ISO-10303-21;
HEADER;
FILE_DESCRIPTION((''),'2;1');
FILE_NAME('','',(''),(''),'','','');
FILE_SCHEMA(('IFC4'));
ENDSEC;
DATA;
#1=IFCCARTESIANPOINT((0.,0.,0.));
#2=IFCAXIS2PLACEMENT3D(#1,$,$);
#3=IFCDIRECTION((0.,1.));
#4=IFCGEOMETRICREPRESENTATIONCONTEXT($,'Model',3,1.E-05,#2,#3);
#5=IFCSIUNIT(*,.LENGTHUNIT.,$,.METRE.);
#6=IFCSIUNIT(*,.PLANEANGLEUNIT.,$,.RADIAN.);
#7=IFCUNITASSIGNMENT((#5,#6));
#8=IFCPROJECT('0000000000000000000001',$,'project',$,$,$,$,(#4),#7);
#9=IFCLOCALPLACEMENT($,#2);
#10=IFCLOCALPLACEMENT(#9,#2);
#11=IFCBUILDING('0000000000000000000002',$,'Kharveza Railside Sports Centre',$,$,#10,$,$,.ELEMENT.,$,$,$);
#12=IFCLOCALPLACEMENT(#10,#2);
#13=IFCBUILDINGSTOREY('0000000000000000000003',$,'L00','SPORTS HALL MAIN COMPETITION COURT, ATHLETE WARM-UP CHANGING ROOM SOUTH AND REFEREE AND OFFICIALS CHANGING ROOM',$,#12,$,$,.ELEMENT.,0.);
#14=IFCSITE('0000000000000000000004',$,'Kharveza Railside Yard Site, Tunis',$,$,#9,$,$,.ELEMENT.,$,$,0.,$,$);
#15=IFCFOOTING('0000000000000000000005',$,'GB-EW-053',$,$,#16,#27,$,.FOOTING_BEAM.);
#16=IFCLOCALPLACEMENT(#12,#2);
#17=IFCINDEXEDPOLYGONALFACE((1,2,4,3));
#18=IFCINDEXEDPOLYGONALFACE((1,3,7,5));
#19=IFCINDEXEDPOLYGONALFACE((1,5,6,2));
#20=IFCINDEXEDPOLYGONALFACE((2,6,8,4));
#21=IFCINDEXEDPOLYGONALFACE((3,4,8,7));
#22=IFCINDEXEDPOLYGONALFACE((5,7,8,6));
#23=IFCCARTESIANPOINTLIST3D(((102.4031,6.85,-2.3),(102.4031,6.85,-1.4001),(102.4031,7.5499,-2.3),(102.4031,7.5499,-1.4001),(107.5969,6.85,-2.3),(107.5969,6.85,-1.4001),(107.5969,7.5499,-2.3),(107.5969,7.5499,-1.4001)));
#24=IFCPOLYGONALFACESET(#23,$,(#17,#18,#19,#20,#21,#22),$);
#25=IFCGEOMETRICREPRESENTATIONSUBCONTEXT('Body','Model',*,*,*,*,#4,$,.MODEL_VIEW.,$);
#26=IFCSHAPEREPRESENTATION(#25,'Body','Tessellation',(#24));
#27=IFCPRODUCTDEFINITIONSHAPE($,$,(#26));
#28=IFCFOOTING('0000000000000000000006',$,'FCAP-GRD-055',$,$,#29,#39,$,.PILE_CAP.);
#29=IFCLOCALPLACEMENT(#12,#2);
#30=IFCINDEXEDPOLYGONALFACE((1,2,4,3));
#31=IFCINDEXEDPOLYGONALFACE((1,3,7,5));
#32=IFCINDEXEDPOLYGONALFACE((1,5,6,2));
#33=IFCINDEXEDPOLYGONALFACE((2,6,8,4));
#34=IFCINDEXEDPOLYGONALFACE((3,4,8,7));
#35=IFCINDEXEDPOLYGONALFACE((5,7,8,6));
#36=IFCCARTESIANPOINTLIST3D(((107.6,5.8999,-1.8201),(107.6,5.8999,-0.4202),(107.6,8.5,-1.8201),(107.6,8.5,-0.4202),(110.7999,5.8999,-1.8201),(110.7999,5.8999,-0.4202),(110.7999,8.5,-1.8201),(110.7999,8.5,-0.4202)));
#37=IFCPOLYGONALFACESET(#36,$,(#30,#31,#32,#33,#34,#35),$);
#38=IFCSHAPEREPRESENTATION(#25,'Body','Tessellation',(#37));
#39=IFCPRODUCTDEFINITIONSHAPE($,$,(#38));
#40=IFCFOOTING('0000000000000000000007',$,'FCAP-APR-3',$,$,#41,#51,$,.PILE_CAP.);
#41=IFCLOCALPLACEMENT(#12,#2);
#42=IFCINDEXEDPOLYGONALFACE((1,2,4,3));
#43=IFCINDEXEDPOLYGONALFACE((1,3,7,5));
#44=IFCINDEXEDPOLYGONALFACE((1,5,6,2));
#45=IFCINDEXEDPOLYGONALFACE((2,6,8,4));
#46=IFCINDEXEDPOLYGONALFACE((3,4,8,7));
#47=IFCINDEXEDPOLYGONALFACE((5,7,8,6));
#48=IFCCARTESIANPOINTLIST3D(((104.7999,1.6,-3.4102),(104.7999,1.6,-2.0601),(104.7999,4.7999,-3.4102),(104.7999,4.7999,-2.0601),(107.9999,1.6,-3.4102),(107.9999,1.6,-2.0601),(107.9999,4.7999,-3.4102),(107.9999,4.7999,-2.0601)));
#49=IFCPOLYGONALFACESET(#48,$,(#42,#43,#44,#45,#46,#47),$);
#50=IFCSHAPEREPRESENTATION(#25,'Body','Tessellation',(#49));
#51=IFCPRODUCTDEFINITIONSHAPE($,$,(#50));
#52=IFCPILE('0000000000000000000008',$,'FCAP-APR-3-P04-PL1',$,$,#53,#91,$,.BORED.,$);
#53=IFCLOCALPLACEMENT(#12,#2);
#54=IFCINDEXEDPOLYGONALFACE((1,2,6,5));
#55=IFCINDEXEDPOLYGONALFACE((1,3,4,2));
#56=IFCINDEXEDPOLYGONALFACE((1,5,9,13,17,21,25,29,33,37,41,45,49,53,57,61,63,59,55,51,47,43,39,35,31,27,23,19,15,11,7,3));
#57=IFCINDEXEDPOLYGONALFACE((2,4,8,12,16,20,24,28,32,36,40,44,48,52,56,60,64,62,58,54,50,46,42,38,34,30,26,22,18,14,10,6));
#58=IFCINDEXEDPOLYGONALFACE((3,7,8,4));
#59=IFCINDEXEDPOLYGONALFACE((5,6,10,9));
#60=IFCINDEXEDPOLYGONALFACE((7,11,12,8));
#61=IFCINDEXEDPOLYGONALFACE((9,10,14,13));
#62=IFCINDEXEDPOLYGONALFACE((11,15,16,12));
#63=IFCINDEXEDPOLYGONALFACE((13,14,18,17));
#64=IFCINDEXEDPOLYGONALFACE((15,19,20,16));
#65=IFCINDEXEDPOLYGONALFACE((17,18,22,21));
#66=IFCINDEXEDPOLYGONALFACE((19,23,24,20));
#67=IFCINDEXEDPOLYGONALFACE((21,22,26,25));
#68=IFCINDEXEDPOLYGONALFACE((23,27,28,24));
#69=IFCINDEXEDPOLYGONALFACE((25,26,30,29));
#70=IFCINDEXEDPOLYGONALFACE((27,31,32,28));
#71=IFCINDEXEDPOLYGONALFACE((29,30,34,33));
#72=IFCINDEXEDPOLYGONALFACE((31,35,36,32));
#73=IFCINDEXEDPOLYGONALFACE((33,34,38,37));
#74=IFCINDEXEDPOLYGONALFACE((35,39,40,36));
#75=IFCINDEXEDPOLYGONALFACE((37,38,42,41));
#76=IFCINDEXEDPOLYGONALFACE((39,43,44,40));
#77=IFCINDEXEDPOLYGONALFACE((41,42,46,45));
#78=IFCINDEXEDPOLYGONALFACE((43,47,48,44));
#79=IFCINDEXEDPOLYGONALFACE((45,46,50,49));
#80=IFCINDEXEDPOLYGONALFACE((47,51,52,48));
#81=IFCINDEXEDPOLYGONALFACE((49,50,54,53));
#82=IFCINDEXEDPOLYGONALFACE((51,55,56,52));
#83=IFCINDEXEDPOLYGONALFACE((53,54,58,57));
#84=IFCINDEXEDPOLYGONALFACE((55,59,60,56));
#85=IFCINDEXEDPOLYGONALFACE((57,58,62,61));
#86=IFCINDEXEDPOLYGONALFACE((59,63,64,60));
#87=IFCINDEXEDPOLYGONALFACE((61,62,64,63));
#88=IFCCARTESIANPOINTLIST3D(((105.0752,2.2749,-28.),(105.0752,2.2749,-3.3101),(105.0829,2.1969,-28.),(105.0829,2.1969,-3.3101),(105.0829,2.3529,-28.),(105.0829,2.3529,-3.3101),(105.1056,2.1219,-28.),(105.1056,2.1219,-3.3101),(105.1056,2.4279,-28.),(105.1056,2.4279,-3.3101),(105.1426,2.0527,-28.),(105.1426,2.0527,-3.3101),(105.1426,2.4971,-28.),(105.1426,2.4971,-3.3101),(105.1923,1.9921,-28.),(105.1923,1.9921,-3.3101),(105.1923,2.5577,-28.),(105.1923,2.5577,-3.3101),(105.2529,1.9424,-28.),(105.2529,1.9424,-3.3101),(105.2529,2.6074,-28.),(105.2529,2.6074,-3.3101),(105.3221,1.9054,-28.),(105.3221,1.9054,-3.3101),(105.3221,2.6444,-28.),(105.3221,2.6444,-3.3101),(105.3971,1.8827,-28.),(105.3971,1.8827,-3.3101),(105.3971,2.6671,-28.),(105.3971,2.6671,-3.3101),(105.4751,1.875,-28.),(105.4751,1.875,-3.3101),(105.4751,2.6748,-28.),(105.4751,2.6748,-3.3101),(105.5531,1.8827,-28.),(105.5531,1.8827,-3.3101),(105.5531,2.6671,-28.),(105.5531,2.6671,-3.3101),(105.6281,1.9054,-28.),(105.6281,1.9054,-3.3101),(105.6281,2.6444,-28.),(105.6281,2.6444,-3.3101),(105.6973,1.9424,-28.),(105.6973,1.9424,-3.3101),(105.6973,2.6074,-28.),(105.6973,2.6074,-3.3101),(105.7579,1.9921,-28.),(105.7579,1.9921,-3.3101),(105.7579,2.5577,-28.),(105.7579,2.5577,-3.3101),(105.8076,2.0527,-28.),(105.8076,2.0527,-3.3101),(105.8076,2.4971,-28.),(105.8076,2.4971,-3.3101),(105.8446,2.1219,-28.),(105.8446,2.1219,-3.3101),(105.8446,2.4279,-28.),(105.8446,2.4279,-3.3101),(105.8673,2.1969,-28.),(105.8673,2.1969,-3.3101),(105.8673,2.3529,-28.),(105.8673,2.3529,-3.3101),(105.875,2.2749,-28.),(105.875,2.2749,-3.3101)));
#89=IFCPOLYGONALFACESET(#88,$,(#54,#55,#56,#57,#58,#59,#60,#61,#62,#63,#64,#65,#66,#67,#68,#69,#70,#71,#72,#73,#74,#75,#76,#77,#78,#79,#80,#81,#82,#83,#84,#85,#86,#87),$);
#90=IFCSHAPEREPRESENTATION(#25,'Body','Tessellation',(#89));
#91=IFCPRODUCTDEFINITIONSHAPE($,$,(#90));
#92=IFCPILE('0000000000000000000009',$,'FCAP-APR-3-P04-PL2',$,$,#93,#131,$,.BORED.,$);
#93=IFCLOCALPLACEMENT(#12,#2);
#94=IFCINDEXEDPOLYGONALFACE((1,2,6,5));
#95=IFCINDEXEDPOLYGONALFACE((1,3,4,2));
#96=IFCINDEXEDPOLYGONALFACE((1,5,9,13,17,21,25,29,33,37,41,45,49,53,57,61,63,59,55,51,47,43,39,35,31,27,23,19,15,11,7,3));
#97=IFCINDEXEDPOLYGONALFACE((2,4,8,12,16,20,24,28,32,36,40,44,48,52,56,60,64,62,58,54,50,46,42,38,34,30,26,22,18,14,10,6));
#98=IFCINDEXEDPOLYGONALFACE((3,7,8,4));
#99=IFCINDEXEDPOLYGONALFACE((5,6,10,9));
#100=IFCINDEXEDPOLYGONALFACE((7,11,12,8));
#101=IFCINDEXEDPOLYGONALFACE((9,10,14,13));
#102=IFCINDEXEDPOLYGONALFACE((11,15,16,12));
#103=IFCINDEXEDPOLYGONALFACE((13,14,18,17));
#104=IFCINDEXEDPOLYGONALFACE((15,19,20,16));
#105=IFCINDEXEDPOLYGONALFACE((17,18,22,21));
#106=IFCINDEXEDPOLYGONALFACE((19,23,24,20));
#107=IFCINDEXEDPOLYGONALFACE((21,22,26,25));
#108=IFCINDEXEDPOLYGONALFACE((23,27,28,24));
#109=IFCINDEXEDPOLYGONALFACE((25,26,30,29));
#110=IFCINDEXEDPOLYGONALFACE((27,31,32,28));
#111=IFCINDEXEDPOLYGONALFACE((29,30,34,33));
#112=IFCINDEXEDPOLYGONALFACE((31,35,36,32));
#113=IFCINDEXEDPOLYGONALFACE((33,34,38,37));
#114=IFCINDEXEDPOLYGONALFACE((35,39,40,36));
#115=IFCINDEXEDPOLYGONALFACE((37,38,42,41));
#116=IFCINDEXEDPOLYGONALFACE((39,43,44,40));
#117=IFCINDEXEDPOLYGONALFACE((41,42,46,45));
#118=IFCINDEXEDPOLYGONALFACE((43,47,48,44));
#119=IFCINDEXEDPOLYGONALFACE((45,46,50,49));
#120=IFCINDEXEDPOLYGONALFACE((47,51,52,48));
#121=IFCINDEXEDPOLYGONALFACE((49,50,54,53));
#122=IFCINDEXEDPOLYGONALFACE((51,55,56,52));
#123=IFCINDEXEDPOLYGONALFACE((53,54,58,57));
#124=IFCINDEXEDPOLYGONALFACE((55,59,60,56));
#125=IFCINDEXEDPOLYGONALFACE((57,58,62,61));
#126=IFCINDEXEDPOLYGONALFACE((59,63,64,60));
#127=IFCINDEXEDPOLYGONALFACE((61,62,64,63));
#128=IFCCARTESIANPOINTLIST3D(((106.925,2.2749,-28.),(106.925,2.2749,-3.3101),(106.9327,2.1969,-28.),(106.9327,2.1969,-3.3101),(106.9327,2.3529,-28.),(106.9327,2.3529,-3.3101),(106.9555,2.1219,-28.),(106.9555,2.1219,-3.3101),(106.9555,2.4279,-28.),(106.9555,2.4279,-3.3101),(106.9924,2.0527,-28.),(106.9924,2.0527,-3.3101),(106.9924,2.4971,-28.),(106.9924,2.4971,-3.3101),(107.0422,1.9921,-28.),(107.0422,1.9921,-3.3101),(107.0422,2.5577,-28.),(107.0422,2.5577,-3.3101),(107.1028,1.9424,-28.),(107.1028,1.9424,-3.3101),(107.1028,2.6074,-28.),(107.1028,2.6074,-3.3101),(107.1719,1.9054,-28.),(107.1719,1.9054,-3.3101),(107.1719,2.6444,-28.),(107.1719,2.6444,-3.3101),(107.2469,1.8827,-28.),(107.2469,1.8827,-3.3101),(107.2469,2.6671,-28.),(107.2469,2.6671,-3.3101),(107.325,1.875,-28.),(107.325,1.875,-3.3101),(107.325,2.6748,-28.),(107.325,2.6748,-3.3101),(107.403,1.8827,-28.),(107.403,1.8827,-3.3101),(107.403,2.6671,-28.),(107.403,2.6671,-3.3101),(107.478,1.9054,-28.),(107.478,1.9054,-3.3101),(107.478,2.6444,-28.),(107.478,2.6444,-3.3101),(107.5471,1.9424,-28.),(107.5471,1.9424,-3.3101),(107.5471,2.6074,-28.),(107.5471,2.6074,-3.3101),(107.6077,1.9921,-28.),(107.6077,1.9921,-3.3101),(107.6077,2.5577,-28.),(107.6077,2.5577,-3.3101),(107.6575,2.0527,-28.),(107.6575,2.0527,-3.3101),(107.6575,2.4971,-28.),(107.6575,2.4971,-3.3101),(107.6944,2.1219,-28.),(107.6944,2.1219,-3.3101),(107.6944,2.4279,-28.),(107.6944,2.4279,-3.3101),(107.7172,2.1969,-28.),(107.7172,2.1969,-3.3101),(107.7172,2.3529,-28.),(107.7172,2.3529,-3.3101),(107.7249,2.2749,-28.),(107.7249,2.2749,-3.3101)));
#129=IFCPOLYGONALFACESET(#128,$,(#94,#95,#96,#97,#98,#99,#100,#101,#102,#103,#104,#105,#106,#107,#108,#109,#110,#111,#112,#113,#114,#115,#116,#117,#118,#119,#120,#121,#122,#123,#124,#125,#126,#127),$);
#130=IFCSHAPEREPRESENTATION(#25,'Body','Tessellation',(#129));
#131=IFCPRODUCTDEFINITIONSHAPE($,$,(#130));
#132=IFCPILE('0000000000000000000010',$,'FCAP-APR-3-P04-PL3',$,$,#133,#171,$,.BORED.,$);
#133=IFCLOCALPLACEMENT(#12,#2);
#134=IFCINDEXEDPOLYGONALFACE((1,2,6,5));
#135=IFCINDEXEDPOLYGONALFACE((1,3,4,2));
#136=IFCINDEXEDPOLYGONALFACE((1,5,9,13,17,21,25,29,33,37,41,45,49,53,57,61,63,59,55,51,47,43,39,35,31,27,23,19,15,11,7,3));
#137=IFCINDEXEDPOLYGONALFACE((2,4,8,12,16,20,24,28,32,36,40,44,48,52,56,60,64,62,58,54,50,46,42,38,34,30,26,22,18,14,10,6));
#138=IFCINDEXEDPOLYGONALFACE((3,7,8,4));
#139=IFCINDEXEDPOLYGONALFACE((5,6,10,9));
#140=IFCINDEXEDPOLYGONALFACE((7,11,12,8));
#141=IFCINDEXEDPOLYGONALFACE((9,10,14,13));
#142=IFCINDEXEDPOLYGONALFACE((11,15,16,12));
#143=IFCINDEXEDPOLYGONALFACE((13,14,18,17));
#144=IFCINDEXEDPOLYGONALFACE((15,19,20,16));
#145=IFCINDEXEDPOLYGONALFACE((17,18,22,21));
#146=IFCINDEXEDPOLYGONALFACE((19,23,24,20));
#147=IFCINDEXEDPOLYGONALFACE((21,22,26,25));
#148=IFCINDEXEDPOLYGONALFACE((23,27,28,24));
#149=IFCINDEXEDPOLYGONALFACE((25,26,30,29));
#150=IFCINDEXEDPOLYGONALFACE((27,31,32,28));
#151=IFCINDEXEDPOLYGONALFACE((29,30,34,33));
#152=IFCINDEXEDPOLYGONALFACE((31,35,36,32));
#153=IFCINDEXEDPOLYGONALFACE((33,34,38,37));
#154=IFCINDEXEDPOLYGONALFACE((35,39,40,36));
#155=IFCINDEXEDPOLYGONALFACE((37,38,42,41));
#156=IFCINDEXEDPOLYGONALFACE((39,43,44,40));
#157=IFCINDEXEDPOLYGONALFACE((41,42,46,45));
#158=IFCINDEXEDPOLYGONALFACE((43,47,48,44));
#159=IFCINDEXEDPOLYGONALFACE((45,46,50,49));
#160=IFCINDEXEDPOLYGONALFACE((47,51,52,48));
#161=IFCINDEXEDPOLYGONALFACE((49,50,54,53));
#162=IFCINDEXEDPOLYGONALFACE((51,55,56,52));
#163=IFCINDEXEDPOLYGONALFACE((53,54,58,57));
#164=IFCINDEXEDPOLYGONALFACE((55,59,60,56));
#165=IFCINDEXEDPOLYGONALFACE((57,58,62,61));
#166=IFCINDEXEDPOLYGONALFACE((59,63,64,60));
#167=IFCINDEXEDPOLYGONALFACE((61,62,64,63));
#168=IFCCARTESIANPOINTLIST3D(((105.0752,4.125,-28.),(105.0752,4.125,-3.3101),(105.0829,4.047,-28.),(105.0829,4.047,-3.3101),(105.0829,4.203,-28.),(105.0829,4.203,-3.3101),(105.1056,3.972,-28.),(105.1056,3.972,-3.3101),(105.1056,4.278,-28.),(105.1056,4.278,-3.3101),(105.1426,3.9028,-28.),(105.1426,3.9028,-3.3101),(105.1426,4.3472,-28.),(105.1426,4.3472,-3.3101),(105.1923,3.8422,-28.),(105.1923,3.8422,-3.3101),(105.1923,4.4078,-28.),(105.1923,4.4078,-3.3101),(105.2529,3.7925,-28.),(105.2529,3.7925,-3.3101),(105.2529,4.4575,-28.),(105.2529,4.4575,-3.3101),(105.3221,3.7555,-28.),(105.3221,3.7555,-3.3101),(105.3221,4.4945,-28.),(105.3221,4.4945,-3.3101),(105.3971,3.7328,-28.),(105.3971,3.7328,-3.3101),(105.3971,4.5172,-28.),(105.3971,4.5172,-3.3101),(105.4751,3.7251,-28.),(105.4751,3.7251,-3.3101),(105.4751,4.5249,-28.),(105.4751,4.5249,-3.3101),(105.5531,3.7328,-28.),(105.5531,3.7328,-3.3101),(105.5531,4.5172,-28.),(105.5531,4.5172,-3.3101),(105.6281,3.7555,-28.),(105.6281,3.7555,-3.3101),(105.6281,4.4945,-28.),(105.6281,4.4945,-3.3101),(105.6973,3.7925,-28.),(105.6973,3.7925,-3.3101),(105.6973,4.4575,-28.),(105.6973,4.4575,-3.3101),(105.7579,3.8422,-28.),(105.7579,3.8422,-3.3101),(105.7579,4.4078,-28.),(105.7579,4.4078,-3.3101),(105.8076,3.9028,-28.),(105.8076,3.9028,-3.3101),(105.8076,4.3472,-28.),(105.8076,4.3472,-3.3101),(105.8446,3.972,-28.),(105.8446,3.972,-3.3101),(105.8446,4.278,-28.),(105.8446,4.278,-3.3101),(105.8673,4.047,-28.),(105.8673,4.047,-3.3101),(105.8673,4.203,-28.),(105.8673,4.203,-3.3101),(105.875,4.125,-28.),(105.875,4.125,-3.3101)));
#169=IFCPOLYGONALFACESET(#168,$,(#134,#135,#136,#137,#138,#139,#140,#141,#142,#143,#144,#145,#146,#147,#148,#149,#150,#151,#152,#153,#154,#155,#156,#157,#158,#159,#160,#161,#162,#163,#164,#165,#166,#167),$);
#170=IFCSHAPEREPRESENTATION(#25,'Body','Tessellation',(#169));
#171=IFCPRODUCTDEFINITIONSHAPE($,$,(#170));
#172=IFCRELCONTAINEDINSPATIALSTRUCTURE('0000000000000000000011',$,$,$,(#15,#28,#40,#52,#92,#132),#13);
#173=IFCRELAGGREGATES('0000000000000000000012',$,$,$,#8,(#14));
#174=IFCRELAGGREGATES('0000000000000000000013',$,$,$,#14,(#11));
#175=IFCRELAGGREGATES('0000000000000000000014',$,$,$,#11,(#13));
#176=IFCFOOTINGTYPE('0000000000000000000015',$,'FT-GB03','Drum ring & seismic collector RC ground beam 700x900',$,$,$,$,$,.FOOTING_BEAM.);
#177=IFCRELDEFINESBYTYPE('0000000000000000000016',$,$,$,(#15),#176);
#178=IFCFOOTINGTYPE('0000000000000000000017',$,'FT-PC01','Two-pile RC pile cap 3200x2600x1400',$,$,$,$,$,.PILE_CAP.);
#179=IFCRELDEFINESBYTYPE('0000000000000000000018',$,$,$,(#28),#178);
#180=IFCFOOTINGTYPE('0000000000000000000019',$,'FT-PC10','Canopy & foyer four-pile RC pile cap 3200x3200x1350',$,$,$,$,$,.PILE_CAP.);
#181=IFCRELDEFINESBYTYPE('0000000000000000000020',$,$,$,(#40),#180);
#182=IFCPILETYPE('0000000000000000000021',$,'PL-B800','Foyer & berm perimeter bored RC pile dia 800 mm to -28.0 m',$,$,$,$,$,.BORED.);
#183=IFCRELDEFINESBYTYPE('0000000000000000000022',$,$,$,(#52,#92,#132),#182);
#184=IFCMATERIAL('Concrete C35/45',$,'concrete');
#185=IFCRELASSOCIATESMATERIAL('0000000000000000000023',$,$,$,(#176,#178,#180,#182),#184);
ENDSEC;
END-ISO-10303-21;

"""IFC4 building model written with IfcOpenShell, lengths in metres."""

from ifc_helpers import new_model, si_unit, direction, frame, origin, origin_2d, place, context, subcontext, project, spatial, rectangle, circle, extrude, material, material_profile, profile_set, type_object, element, save


model = new_model("IFC4")

# Units and contexts
model_context = context("Model", 3, precision=1e-05, world=origin(), true_north=direction((0.0, 1.0)))
body_context = subcontext(model_context, "Body", "Model", "MODEL_VIEW")
ifc_project = project(units=[si_unit("LENGTHUNIT", "METRE"), si_unit("PLANEANGLEUNIT", "RADIAN")], contexts=[model_context])

# Site, building, storey
site_placement = place(None, origin())
site = spatial("IfcSite", under=ifc_project, at=site_placement, Name="Kharveza Railside Yard Site, Tunis", CompositionType="ELEMENT", RefElevation=0.0)
building_placement = place(site_placement, origin())
building = spatial("IfcBuilding", under=site, at=building_placement, Name="Kharveza Railside Sports Centre", CompositionType="ELEMENT")
storey_placement = place(building_placement, origin())
storey = spatial("IfcBuildingStorey", under=building, at=storey_placement, Name="L00", Description="SPORTS HALL MAIN COMPETITION COURT, ATHLETE WARM-UP CHANGING ROOM SOUTH AND REFEREE AND OFFICIALS CHANGING ROOM", CompositionType="ELEMENT", Elevation=0.0)

# Footings
ifc_material_1 = material(Name="Concrete C35/45", Category="concrete")
ifc_material_profile_1 = material_profile(ifc_material_1, rectangle(XDim=0.7, YDim=0.8999, at=origin_2d()), Name="GB 700x900")
ifc_profile_set_1 = profile_set([ifc_material_profile_1], Name="Concrete C35/45")
footing_type_1 = type_object("IfcFootingType", Name="FT-GB03", Description="Drum ring & seismic collector RC ground beam 700x900", PredefinedType="FOOTING_BEAM", material=ifc_profile_set_1)
footing_1_placement = place(storey_placement, frame((102.4031, 7.2, -1.8501), z_axis=(1.0, 0.0, 0.0), x_axis=(0.0, 1.0, 0.0)))
element("IfcFooting", 1, at=footing_1_placement, inside=storey, type_object=footing_type_1, Name="GB-EW-053", PredefinedType="FOOTING_BEAM", context=body_context, shape_type="SweptSolid", body=[
    extrude(rectangle(XDim=0.7, YDim=0.8999, at=origin_2d()), origin(), (0.0, 0.0, 1.0), 5.1938),
])
footing_type_2 = type_object("IfcFootingType", Name="FT-PC01", Description="Two-pile RC pile cap 3200x2600x1400", PredefinedType="PILE_CAP", material=ifc_material_1)
footing_2_placement = place(storey_placement, frame((109.2, 7.2, -1.8201), z_axis=(0.0, 0.0, 1.0), x_axis=(1.0, 0.0, 0.0)))
element("IfcFooting", 2, at=footing_2_placement, inside=storey, type_object=footing_type_2, Name="FCAP-GRD-055", PredefinedType="PILE_CAP", context=body_context, shape_type="SweptSolid", body=[
    extrude(rectangle(XDim=3.2, YDim=2.6001, at=origin_2d()), origin(), (0.0, 0.0, 1.0), 1.3999),
])
footing_type_3 = type_object("IfcFootingType", Name="FT-PC10", Description="Canopy & foyer four-pile RC pile cap 3200x3200x1350", PredefinedType="PILE_CAP", material=ifc_material_1)
footing_3_placement = place(storey_placement, frame((106.3999, 3.2, -3.4102), z_axis=(0.0, 0.0, 1.0), x_axis=(1.0, 0.0, 0.0)))
element("IfcFooting", 3, at=footing_3_placement, inside=storey, type_object=footing_type_3, Name="FCAP-APR-3", PredefinedType="PILE_CAP", context=body_context, shape_type="SweptSolid", body=[
    extrude(rectangle(XDim=3.2, YDim=3.2, at=origin_2d()), origin(), (0.0, 0.0, 1.0), 1.3501),
])

# Piles
ifc_material_profile_2 = material_profile(ifc_material_1, circle(Radius=0.3999, at=origin_2d()), Name="PILE D800")
ifc_profile_set_2 = profile_set([ifc_material_profile_2], Name="Concrete C35/45")
pile_type = type_object("IfcPileType", Name="PL-B800", Description="Foyer & berm perimeter bored RC pile dia 800 mm to -28.0 m", PredefinedType="BORED", material=ifc_profile_set_2)
for number, where, z_axis, x_axis, name in (
    (4, (105.4751, 2.2749, -3.3101), (0.0, 0.0, -1.0), (1.0, 0.0, 0.0), "FCAP-APR-3-P04-PL1"),
    (5, (107.325, 2.2749, -3.3101), (0.0, 0.0, -1.0), (1.0, 0.0, 0.0), "FCAP-APR-3-P04-PL2"),
    (6, (105.4751, 4.125, -3.3101), (0.0, 0.0, -1.0), (1.0, 0.0, 0.0), "FCAP-APR-3-P04-PL3"),
):
    element("IfcPile", number, at=place(storey_placement, frame(where, z_axis=z_axis, x_axis=x_axis)), inside=storey, type_object=pile_type, Name=name, PredefinedType="BORED", context=body_context, shape_type="SweptSolid", body=[
        extrude(circle(Radius=0.3999, at=origin_2d()), origin(), (0.0, 0.0, 1.0), 24.6899),
    ])

save(model, "model.ifc")
